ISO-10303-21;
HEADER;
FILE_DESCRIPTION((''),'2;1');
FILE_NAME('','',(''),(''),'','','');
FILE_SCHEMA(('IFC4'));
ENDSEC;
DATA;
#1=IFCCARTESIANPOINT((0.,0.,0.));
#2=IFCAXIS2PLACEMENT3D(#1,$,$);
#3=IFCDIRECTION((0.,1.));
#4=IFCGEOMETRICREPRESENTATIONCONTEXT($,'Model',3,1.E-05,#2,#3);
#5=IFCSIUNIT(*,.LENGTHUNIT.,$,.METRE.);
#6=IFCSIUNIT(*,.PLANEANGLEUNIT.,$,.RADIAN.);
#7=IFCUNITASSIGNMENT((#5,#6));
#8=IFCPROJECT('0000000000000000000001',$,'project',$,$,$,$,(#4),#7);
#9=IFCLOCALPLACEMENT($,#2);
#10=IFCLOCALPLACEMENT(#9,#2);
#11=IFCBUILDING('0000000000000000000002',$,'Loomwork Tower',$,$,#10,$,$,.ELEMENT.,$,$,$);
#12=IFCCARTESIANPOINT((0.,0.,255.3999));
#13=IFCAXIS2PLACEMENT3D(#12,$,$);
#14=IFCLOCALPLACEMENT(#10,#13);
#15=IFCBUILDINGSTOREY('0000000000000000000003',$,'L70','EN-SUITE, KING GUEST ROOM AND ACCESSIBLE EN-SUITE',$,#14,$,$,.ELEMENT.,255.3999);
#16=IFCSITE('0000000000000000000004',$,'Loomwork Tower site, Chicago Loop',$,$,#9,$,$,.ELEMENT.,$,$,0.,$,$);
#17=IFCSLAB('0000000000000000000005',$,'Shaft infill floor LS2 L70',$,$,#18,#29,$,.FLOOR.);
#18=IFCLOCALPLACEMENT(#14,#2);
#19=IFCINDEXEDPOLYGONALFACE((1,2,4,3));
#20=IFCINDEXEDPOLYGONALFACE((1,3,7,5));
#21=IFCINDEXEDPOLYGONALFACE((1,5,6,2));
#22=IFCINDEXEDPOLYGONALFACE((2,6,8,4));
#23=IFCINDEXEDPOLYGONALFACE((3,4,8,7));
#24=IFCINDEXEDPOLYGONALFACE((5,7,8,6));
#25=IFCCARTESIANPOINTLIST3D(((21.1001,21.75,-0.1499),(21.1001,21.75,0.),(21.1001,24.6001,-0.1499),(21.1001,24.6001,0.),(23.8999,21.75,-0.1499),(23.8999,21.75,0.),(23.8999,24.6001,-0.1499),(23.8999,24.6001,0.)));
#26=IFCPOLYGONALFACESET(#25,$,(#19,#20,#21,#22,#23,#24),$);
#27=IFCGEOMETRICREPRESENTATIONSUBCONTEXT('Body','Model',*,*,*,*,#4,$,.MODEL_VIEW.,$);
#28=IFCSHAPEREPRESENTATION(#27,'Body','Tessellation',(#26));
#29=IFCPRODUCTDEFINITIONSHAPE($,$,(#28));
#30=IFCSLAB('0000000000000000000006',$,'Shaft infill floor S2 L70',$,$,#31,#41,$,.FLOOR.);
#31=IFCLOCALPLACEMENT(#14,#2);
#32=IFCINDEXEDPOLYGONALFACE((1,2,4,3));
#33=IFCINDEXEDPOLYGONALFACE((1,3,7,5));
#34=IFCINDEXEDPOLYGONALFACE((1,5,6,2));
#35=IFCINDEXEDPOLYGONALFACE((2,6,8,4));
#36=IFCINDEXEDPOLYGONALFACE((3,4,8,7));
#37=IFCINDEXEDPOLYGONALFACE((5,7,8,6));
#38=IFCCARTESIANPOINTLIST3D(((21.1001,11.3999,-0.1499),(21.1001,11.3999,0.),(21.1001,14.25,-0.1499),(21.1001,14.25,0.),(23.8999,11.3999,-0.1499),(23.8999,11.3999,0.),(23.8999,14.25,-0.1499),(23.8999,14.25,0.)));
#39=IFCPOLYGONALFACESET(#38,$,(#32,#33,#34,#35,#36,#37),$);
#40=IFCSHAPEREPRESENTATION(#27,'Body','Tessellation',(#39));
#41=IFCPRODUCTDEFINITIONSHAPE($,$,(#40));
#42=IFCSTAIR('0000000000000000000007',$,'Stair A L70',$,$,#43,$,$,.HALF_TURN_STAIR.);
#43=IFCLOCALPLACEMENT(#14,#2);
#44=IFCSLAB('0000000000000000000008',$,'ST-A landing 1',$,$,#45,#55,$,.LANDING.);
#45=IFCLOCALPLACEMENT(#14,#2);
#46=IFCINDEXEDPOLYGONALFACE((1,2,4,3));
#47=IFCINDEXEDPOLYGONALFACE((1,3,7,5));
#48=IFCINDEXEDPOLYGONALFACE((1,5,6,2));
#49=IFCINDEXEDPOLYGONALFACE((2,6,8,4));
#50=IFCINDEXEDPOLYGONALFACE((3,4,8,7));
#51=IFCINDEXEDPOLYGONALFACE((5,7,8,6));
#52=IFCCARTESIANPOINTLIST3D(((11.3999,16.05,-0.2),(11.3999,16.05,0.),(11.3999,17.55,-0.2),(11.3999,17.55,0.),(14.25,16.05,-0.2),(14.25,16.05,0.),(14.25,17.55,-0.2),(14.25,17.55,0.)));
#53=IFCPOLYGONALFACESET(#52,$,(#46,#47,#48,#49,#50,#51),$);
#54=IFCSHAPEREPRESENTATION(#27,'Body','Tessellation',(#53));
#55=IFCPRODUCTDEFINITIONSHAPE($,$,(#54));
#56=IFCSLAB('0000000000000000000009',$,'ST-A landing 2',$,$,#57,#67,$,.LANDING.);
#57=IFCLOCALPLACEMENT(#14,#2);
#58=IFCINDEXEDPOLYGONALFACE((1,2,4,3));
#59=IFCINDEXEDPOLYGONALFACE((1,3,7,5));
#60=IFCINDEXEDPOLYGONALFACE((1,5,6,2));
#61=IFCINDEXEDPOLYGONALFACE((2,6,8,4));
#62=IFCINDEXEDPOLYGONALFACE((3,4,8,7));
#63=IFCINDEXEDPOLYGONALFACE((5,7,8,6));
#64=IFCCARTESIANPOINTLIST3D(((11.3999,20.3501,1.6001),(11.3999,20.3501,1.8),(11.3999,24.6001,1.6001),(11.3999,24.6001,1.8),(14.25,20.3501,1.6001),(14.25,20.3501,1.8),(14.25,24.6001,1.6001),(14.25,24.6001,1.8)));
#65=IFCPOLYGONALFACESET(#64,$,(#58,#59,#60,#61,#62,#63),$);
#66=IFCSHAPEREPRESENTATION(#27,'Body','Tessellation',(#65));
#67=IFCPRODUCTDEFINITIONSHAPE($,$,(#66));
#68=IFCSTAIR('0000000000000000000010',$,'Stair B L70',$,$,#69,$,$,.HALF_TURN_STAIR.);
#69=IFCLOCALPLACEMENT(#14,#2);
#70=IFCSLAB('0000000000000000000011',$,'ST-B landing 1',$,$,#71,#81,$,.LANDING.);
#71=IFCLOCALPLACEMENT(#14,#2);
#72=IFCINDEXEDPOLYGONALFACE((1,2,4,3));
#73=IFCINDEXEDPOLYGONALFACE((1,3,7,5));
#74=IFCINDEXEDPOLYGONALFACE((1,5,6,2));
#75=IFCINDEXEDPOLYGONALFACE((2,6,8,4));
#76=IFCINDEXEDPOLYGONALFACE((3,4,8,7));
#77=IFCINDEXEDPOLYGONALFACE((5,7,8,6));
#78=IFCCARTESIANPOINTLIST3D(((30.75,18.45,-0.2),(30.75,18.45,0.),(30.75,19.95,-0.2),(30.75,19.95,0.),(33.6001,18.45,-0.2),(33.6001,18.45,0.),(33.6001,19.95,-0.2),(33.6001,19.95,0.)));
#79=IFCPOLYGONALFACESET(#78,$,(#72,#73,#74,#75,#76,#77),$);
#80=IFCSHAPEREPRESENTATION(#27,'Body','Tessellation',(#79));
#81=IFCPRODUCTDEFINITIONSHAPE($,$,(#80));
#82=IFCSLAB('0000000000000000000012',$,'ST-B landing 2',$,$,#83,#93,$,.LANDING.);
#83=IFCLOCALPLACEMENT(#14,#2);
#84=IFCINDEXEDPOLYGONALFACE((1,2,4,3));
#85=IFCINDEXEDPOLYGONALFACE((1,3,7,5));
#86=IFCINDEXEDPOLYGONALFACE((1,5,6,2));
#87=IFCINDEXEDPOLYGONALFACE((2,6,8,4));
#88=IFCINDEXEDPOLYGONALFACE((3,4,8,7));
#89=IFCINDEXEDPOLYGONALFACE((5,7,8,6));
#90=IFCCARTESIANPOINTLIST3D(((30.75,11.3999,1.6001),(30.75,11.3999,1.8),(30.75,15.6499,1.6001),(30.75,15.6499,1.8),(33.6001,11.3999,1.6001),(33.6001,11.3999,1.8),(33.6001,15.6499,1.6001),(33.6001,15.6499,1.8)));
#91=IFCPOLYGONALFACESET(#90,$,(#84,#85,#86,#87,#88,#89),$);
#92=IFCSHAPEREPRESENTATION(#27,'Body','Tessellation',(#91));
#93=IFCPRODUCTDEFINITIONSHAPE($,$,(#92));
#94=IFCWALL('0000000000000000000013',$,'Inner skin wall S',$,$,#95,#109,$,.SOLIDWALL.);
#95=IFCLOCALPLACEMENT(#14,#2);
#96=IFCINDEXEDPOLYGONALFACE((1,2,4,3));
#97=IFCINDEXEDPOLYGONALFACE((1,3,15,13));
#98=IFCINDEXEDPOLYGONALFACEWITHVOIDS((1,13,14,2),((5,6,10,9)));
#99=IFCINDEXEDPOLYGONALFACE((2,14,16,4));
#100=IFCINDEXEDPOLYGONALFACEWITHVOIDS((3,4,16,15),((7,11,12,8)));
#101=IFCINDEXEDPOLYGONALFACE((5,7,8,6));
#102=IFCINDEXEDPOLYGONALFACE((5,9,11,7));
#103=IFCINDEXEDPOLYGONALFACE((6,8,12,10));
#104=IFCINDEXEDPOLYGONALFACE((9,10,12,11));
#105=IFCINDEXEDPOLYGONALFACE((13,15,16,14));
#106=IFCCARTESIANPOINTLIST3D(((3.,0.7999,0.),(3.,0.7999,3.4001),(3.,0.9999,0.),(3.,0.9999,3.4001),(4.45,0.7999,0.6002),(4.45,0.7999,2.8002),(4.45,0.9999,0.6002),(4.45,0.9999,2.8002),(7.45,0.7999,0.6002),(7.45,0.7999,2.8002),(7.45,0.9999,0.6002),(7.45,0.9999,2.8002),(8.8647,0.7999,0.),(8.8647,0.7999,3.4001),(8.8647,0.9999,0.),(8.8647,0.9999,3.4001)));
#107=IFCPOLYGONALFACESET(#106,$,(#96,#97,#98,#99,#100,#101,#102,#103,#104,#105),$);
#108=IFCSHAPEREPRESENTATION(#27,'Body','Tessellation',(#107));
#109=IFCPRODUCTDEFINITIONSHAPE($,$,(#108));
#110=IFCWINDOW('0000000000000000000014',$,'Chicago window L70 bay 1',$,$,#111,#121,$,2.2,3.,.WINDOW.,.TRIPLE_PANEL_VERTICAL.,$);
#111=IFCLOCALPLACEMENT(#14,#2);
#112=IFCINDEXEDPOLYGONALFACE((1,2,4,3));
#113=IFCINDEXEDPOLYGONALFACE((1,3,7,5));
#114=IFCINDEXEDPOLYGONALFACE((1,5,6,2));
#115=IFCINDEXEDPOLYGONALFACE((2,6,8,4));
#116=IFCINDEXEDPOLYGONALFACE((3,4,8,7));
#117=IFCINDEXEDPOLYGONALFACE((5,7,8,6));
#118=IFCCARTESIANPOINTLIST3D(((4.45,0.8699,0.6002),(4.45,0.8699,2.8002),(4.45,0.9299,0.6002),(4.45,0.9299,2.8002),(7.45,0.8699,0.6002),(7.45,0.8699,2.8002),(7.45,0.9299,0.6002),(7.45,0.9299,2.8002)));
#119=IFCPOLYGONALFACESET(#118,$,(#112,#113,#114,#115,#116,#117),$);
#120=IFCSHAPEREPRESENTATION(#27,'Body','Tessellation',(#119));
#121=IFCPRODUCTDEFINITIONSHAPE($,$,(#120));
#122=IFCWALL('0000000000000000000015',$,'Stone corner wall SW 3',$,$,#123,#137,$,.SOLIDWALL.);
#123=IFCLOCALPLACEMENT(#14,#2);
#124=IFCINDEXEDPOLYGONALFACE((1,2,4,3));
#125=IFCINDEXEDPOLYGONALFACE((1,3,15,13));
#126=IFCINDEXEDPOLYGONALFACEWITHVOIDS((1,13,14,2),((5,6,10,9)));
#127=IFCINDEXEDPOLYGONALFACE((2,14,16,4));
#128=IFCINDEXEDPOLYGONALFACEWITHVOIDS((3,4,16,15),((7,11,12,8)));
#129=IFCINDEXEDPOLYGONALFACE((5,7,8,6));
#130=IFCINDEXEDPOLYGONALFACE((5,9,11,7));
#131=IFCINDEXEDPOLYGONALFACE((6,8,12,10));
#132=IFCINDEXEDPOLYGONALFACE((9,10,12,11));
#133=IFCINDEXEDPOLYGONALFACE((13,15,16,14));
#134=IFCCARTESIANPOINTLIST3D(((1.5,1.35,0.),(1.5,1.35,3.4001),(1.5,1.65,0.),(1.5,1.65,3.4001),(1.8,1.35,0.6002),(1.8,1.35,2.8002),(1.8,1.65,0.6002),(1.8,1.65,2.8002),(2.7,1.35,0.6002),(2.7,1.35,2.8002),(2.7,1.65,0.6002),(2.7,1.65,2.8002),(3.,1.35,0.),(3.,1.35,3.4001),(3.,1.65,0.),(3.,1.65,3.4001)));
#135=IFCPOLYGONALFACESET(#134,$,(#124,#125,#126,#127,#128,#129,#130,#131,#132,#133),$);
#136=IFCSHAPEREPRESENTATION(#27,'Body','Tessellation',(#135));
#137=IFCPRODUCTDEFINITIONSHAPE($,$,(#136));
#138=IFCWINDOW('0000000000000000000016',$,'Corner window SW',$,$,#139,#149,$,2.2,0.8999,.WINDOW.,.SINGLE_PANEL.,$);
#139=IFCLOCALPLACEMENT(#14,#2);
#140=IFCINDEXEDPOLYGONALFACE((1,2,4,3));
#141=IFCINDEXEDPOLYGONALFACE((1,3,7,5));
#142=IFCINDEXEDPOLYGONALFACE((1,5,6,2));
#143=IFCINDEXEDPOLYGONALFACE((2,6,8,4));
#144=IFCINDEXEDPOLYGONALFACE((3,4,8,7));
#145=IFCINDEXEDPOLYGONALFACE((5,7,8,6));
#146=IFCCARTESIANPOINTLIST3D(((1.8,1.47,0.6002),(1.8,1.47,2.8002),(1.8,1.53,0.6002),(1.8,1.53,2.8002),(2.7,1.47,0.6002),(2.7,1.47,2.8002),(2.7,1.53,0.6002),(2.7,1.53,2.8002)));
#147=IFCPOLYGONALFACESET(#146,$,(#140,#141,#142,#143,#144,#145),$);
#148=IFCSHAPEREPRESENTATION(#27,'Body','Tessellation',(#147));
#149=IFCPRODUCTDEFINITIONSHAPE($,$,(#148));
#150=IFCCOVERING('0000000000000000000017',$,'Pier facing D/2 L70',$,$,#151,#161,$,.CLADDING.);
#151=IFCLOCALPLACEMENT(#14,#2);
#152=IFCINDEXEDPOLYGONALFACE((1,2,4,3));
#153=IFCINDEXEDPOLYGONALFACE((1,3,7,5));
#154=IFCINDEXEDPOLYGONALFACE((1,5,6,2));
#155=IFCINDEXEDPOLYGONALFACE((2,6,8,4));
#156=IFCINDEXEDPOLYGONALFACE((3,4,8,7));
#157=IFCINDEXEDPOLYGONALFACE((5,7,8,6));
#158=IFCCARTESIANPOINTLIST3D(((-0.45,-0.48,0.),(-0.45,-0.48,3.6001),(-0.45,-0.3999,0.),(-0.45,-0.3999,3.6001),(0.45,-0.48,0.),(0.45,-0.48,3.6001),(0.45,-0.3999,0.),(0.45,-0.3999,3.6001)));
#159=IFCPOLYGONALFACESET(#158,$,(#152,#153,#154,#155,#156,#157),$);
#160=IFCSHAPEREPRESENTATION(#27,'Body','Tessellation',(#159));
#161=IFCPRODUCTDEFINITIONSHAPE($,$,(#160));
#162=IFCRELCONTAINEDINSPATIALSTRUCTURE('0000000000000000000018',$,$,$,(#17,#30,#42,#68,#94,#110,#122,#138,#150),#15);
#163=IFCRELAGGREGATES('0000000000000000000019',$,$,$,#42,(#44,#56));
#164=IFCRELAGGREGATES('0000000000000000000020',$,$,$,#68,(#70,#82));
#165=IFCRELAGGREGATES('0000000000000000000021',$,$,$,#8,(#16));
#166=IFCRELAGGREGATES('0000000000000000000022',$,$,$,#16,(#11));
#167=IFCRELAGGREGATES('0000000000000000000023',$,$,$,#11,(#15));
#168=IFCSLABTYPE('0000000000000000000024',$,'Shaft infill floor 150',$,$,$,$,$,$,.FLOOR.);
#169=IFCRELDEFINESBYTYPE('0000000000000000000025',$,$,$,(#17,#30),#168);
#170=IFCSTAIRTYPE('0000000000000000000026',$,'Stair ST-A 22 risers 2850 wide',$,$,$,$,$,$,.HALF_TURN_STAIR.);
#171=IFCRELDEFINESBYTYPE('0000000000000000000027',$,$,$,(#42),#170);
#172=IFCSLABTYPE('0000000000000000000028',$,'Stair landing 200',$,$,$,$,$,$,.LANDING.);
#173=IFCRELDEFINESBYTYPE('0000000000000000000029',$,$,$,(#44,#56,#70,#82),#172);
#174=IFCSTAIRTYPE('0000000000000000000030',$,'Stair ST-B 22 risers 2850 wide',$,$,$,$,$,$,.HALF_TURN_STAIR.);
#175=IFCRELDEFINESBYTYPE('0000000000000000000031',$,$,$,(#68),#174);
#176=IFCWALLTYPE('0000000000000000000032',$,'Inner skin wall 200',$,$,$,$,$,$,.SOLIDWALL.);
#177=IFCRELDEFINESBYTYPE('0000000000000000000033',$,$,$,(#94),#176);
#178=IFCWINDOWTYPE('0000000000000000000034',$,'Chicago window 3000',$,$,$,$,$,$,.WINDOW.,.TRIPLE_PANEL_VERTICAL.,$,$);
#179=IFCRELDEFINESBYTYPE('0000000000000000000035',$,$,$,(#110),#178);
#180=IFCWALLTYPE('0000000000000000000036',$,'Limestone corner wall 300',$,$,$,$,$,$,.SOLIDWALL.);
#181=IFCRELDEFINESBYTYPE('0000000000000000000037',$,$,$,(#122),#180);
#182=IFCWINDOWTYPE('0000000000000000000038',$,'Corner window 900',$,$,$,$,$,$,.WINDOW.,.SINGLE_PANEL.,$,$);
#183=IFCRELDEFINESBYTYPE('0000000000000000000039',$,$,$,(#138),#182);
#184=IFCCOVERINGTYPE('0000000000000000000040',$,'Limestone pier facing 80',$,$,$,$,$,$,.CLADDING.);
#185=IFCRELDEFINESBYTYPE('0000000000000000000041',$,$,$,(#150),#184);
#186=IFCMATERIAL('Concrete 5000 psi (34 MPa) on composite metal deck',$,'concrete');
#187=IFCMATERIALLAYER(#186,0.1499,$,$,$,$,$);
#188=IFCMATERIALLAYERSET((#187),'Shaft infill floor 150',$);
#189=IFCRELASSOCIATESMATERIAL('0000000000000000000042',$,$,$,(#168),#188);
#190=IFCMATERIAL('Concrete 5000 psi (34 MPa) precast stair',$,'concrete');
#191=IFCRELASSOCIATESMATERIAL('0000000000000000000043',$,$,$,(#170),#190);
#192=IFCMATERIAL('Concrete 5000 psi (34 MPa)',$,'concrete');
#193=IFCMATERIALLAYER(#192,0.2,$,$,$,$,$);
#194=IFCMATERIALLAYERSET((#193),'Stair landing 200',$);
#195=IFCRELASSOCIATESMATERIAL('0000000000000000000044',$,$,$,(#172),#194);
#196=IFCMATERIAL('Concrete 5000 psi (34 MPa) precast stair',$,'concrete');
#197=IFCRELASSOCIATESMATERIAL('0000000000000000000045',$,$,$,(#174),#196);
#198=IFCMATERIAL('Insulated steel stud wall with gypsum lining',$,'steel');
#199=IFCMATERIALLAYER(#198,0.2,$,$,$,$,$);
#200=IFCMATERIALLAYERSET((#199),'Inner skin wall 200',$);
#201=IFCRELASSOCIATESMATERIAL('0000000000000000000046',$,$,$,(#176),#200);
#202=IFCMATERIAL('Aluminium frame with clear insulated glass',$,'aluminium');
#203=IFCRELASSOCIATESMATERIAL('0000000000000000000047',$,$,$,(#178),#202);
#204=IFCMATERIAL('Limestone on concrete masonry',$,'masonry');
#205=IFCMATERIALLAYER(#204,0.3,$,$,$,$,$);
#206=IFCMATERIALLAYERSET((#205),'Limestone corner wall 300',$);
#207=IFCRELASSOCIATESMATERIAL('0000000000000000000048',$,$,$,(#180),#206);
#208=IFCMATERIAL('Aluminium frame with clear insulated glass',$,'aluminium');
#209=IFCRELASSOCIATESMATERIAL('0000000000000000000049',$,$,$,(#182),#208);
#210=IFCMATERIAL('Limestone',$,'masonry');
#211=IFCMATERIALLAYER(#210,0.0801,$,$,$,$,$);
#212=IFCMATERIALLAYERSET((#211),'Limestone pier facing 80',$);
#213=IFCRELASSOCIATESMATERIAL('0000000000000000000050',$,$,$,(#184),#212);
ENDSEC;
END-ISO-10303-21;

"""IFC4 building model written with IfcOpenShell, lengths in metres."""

from ifc_helpers import new_model, si_unit, direction, frame, frame_2d, origin, origin_2d, place, context, subcontext, project, spatial, polyline, rectangle, outline, extrude, material, layer, layer_set, type_object, element, fill, aggregate, save


model = new_model("IFC4")

# Units and contexts
model_context = context("Model", 3, precision=1e-05, world=origin(), true_north=direction((0.0, 1.0)))
body_context = subcontext(model_context, "Body", "Model", "MODEL_VIEW")
ifc_project = project(units=[si_unit("LENGTHUNIT", "METRE"), si_unit("PLANEANGLEUNIT", "RADIAN")], contexts=[model_context])

# Site, building, storey
site_placement = place(None, origin())
site = spatial("IfcSite", under=ifc_project, at=site_placement, Name="Loomwork Tower site, Chicago Loop", CompositionType="ELEMENT", RefElevation=0.0)
building_placement = place(site_placement, origin())
building = spatial("IfcBuilding", under=site, at=building_placement, Name="Loomwork Tower", CompositionType="ELEMENT")
storey_placement = place(building_placement, frame((0.0, 0.0, 255.3999)))
storey = spatial("IfcBuildingStorey", under=building, at=storey_placement, Name="L70", Description="EN-SUITE, KING GUEST ROOM AND ACCESSIBLE EN-SUITE", CompositionType="ELEMENT", Elevation=255.3999)

# Slabs
ifc_material_1 = material(Name="Concrete 5000 psi (34 MPa) on composite metal deck", Category="concrete")
ifc_layer_1 = layer(ifc_material_1, 0.1499)
ifc_layer_set_1 = layer_set([ifc_layer_1], Name="Shaft infill floor 150")
slab_type_1 = type_object("IfcSlabType", Name="Shaft infill floor 150", PredefinedType="FLOOR", material=ifc_layer_set_1)
slab_1_placement = place(storey_placement, frame((0.0, 0.0, -0.1499)))
element("IfcSlab", 1, at=slab_1_placement, inside=storey, type_object=slab_type_1, Name="Shaft infill floor LS2 L70", PredefinedType="FLOOR", context=body_context, shape_type="SweptSolid", body=[
    extrude(outline(polyline([(21.1001, 21.75), (23.8999, 21.75), (23.8999, 24.6001), (21.1001, 24.6001), (21.1001, 21.75)])), origin(), (0.0, 0.0, 1.0), 0.1499),
])
slab_2_placement = place(storey_placement, frame((0.0, 0.0, -0.1499)))
element("IfcSlab", 2, at=slab_2_placement, inside=storey, type_object=slab_type_1, Name="Shaft infill floor S2 L70", PredefinedType="FLOOR", context=body_context, shape_type="SweptSolid", body=[
    extrude(outline(polyline([(21.1001, 11.3999), (23.8999, 11.3999), (23.8999, 14.25), (21.1001, 14.25), (21.1001, 11.3999)])), origin(), (0.0, 0.0, 1.0), 0.1499),
])

# Stairs, slabs
ifc_material_2 = material(Name="Concrete 5000 psi (34 MPa) precast stair", Category="concrete")
stair_type_1 = type_object("IfcStairType", Name="Stair ST-A 22 risers 2850 wide", PredefinedType="HALF_TURN_STAIR", material=ifc_material_2)
stair_1_placement = place(storey_placement, origin())
stair_1 = element("IfcStair", 3, at=stair_1_placement, inside=storey, type_object=stair_type_1, Name="Stair A L70", PredefinedType="HALF_TURN_STAIR")
ifc_material_3 = material(Name="Concrete 5000 psi (34 MPa)", Category="concrete")
ifc_layer_2 = layer(ifc_material_3, 0.2)
ifc_layer_set_2 = layer_set([ifc_layer_2], Name="Stair landing 200")
slab_type_2 = type_object("IfcSlabType", Name="Stair landing 200", PredefinedType="LANDING", material=ifc_layer_set_2)
slab_3_placement = place(storey_placement, frame((0.0, 0.0, -0.2)))
slab_3 = element("IfcSlab", 4, at=slab_3_placement, type_object=slab_type_2, Name="ST-A landing 1", PredefinedType="LANDING", context=body_context, shape_type="SweptSolid", body=[
    extrude(outline(polyline([(11.3999, 16.05), (14.25, 16.05), (14.25, 17.55), (11.3999, 17.55), (11.3999, 16.05)])), origin(), (0.0, 0.0, 1.0), 0.2),
])
slab_4_placement = place(storey_placement, frame((0.0, 0.0, 1.6001)))
slab_4 = element("IfcSlab", 5, at=slab_4_placement, type_object=slab_type_2, Name="ST-A landing 2", PredefinedType="LANDING", context=body_context, shape_type="SweptSolid", body=[
    extrude(outline(polyline([(11.3999, 20.3501), (14.25, 20.3501), (14.25, 24.6001), (11.3999, 24.6001), (11.3999, 20.3501)])), origin(), (0.0, 0.0, 1.0), 0.2),
])
aggregate(stair_1, [slab_3, slab_4])
ifc_material_4 = material(Name="Concrete 5000 psi (34 MPa) precast stair", Category="concrete")
stair_type_2 = type_object("IfcStairType", Name="Stair ST-B 22 risers 2850 wide", PredefinedType="HALF_TURN_STAIR", material=ifc_material_4)
stair_2_placement = place(storey_placement, origin())
stair_2 = element("IfcStair", 6, at=stair_2_placement, inside=storey, type_object=stair_type_2, Name="Stair B L70", PredefinedType="HALF_TURN_STAIR")
slab_5_placement = place(storey_placement, frame((0.0, 0.0, -0.2)))
slab_5 = element("IfcSlab", 7, at=slab_5_placement, type_object=slab_type_2, Name="ST-B landing 1", PredefinedType="LANDING", context=body_context, shape_type="SweptSolid", body=[
    extrude(outline(polyline([(30.75, 18.45), (33.6001, 18.45), (33.6001, 19.95), (30.75, 19.95), (30.75, 18.45)])), origin(), (0.0, 0.0, 1.0), 0.2),
])
slab_6_placement = place(storey_placement, frame((0.0, 0.0, 1.6001)))
slab_6 = element("IfcSlab", 8, at=slab_6_placement, type_object=slab_type_2, Name="ST-B landing 2", PredefinedType="LANDING", context=body_context, shape_type="SweptSolid", body=[
    extrude(outline(polyline([(30.75, 11.3999), (33.6001, 11.3999), (33.6001, 15.6499), (30.75, 15.6499), (30.75, 11.3999)])), origin(), (0.0, 0.0, 1.0), 0.2),
])
aggregate(stair_2, [slab_5, slab_6])

# Walls, openings, windows
ifc_material_5 = material(Name="Insulated steel stud wall with gypsum lining", Category="steel")
ifc_layer_3 = layer(ifc_material_5, 0.2)
ifc_layer_set_3 = layer_set([ifc_layer_3], Name="Inner skin wall 200")
wall_type_1 = type_object("IfcWallType", Name="Inner skin wall 200", PredefinedType="SOLIDWALL", material=ifc_layer_set_3)
wall_1_placement = place(storey_placement, frame((3.0, 0.8999, 0.0), z_axis=(0.0, 0.0, 1.0), x_axis=(1.0, 0.0, 0.0)))
wall_1 = element("IfcWall", 9, at=wall_1_placement, inside=storey, type_object=wall_type_1, Name="Inner skin wall S", PredefinedType="SOLIDWALL", context=body_context, shape_type="SweptSolid", body=[
    extrude(rectangle(XDim=5.8647, YDim=0.2, at=frame_2d((2.9324, 0.0))), origin(), (0.0, 0.0, 1.0), 3.4001),
])
opening_1_placement = place(wall_1_placement, frame((1.45, 0.0, 0.6001)))
opening_1 = element("IfcOpeningElement", 10, at=opening_1_placement, cuts=wall_1, PredefinedType="OPENING", context=body_context, shape_type="SweptSolid", body=[
    extrude(rectangle(XDim=3.0, YDim=2.2, at=frame_2d((1.5, 1.1001))), frame((0.0, 0.1099, 0.0), z_axis=(0.0, -1.0, 0.0), x_axis=(1.0, 0.0, 0.0)), (0.0, 0.0, 1.0), 0.22),
])
ifc_material_6 = material(Name="Aluminium frame with clear insulated glass", Category="aluminium")
window_type_1 = type_object("IfcWindowType", Name="Chicago window 3000", PartitioningType="TRIPLE_PANEL_VERTICAL", PredefinedType="WINDOW", material=ifc_material_6)
window_1_placement = place(opening_1_placement, origin())
window_1 = element("IfcWindow", 11, at=window_1_placement, inside=storey, type_object=window_type_1, Name="Chicago window L70 bay 1", OverallHeight=2.2, OverallWidth=3.0, PartitioningType="TRIPLE_PANEL_VERTICAL", PredefinedType="WINDOW", context=body_context, shape_type="SweptSolid", body=[
    extrude(rectangle(XDim=3.0, YDim=2.2, at=frame_2d((1.5, 1.1001))), frame((0.0, 0.03, 0.0), z_axis=(0.0, -1.0, 0.0), x_axis=(1.0, 0.0, 0.0)), (0.0, 0.0, 1.0), 0.0601),
])
fill(opening_1, window_1)
ifc_material_7 = material(Name="Limestone on concrete masonry", Category="masonry")
ifc_layer_4 = layer(ifc_material_7, 0.3)
ifc_layer_set_4 = layer_set([ifc_layer_4], Name="Limestone corner wall 300")
wall_type_2 = type_object("IfcWallType", Name="Limestone corner wall 300", PredefinedType="SOLIDWALL", material=ifc_layer_set_4)
wall_2_placement = place(storey_placement, frame((1.5, 1.5, 0.0), z_axis=(0.0, 0.0, 1.0), x_axis=(1.0, 0.0, 0.0)))
wall_2 = element("IfcWall", 12, at=wall_2_placement, inside=storey, type_object=wall_type_2, Name="Stone corner wall SW 3", PredefinedType="SOLIDWALL", context=body_context, shape_type="SweptSolid", body=[
    extrude(rectangle(XDim=1.5, YDim=0.3, at=frame_2d((0.75, 0.0))), origin(), (0.0, 0.0, 1.0), 3.4001),
])
opening_2_placement = place(wall_2_placement, frame((0.3, 0.0, 0.6001)))
opening_2 = element("IfcOpeningElement", 13, at=opening_2_placement, cuts=wall_2, PredefinedType="OPENING", context=body_context, shape_type="SweptSolid", body=[
    extrude(rectangle(XDim=0.8999, YDim=2.2, at=frame_2d((0.45, 1.1001))), frame((0.0, 0.1599, 0.0), z_axis=(0.0, -1.0, 0.0), x_axis=(1.0, 0.0, 0.0)), (0.0, 0.0, 1.0), 0.3201),
])
ifc_material_8 = material(Name="Aluminium frame with clear insulated glass", Category="aluminium")
window_type_2 = type_object("IfcWindowType", Name="Corner window 900", PartitioningType="SINGLE_PANEL", PredefinedType="WINDOW", material=ifc_material_8)
window_2_placement = place(opening_2_placement, origin())
window_2 = element("IfcWindow", 14, at=window_2_placement, inside=storey, type_object=window_type_2, Name="Corner window SW", OverallHeight=2.2, OverallWidth=0.8999, PartitioningType="SINGLE_PANEL", PredefinedType="WINDOW", context=body_context, shape_type="SweptSolid", body=[
    extrude(rectangle(XDim=0.8999, YDim=2.2, at=frame_2d((0.45, 1.1001))), frame((0.0, 0.03, 0.0), z_axis=(0.0, -1.0, 0.0), x_axis=(1.0, 0.0, 0.0)), (0.0, 0.0, 1.0), 0.0601),
])
fill(opening_2, window_2)

# Covering
ifc_material_9 = material(Name="Limestone", Category="masonry")
ifc_layer_5 = layer(ifc_material_9, 0.0801)
ifc_layer_set_5 = layer_set([ifc_layer_5], Name="Limestone pier facing 80")
covering_type = type_object("IfcCoveringType", Name="Limestone pier facing 80", PredefinedType="CLADDING", material=ifc_layer_set_5)
covering_placement = place(storey_placement, frame((0.0, -0.4399, 0.0), z_axis=(0.0, 0.0, 1.0), x_axis=(1.0, 0.0, 0.0)))
element("IfcCovering", 15, at=covering_placement, inside=storey, type_object=covering_type, Name="Pier facing D/2 L70", PredefinedType="CLADDING", context=body_context, shape_type="SweptSolid", body=[
    extrude(rectangle(XDim=0.8999, YDim=0.0801, at=origin_2d()), origin(), (0.0, 0.0, 1.0), 3.6001),
])

save(model, "model.ifc")
